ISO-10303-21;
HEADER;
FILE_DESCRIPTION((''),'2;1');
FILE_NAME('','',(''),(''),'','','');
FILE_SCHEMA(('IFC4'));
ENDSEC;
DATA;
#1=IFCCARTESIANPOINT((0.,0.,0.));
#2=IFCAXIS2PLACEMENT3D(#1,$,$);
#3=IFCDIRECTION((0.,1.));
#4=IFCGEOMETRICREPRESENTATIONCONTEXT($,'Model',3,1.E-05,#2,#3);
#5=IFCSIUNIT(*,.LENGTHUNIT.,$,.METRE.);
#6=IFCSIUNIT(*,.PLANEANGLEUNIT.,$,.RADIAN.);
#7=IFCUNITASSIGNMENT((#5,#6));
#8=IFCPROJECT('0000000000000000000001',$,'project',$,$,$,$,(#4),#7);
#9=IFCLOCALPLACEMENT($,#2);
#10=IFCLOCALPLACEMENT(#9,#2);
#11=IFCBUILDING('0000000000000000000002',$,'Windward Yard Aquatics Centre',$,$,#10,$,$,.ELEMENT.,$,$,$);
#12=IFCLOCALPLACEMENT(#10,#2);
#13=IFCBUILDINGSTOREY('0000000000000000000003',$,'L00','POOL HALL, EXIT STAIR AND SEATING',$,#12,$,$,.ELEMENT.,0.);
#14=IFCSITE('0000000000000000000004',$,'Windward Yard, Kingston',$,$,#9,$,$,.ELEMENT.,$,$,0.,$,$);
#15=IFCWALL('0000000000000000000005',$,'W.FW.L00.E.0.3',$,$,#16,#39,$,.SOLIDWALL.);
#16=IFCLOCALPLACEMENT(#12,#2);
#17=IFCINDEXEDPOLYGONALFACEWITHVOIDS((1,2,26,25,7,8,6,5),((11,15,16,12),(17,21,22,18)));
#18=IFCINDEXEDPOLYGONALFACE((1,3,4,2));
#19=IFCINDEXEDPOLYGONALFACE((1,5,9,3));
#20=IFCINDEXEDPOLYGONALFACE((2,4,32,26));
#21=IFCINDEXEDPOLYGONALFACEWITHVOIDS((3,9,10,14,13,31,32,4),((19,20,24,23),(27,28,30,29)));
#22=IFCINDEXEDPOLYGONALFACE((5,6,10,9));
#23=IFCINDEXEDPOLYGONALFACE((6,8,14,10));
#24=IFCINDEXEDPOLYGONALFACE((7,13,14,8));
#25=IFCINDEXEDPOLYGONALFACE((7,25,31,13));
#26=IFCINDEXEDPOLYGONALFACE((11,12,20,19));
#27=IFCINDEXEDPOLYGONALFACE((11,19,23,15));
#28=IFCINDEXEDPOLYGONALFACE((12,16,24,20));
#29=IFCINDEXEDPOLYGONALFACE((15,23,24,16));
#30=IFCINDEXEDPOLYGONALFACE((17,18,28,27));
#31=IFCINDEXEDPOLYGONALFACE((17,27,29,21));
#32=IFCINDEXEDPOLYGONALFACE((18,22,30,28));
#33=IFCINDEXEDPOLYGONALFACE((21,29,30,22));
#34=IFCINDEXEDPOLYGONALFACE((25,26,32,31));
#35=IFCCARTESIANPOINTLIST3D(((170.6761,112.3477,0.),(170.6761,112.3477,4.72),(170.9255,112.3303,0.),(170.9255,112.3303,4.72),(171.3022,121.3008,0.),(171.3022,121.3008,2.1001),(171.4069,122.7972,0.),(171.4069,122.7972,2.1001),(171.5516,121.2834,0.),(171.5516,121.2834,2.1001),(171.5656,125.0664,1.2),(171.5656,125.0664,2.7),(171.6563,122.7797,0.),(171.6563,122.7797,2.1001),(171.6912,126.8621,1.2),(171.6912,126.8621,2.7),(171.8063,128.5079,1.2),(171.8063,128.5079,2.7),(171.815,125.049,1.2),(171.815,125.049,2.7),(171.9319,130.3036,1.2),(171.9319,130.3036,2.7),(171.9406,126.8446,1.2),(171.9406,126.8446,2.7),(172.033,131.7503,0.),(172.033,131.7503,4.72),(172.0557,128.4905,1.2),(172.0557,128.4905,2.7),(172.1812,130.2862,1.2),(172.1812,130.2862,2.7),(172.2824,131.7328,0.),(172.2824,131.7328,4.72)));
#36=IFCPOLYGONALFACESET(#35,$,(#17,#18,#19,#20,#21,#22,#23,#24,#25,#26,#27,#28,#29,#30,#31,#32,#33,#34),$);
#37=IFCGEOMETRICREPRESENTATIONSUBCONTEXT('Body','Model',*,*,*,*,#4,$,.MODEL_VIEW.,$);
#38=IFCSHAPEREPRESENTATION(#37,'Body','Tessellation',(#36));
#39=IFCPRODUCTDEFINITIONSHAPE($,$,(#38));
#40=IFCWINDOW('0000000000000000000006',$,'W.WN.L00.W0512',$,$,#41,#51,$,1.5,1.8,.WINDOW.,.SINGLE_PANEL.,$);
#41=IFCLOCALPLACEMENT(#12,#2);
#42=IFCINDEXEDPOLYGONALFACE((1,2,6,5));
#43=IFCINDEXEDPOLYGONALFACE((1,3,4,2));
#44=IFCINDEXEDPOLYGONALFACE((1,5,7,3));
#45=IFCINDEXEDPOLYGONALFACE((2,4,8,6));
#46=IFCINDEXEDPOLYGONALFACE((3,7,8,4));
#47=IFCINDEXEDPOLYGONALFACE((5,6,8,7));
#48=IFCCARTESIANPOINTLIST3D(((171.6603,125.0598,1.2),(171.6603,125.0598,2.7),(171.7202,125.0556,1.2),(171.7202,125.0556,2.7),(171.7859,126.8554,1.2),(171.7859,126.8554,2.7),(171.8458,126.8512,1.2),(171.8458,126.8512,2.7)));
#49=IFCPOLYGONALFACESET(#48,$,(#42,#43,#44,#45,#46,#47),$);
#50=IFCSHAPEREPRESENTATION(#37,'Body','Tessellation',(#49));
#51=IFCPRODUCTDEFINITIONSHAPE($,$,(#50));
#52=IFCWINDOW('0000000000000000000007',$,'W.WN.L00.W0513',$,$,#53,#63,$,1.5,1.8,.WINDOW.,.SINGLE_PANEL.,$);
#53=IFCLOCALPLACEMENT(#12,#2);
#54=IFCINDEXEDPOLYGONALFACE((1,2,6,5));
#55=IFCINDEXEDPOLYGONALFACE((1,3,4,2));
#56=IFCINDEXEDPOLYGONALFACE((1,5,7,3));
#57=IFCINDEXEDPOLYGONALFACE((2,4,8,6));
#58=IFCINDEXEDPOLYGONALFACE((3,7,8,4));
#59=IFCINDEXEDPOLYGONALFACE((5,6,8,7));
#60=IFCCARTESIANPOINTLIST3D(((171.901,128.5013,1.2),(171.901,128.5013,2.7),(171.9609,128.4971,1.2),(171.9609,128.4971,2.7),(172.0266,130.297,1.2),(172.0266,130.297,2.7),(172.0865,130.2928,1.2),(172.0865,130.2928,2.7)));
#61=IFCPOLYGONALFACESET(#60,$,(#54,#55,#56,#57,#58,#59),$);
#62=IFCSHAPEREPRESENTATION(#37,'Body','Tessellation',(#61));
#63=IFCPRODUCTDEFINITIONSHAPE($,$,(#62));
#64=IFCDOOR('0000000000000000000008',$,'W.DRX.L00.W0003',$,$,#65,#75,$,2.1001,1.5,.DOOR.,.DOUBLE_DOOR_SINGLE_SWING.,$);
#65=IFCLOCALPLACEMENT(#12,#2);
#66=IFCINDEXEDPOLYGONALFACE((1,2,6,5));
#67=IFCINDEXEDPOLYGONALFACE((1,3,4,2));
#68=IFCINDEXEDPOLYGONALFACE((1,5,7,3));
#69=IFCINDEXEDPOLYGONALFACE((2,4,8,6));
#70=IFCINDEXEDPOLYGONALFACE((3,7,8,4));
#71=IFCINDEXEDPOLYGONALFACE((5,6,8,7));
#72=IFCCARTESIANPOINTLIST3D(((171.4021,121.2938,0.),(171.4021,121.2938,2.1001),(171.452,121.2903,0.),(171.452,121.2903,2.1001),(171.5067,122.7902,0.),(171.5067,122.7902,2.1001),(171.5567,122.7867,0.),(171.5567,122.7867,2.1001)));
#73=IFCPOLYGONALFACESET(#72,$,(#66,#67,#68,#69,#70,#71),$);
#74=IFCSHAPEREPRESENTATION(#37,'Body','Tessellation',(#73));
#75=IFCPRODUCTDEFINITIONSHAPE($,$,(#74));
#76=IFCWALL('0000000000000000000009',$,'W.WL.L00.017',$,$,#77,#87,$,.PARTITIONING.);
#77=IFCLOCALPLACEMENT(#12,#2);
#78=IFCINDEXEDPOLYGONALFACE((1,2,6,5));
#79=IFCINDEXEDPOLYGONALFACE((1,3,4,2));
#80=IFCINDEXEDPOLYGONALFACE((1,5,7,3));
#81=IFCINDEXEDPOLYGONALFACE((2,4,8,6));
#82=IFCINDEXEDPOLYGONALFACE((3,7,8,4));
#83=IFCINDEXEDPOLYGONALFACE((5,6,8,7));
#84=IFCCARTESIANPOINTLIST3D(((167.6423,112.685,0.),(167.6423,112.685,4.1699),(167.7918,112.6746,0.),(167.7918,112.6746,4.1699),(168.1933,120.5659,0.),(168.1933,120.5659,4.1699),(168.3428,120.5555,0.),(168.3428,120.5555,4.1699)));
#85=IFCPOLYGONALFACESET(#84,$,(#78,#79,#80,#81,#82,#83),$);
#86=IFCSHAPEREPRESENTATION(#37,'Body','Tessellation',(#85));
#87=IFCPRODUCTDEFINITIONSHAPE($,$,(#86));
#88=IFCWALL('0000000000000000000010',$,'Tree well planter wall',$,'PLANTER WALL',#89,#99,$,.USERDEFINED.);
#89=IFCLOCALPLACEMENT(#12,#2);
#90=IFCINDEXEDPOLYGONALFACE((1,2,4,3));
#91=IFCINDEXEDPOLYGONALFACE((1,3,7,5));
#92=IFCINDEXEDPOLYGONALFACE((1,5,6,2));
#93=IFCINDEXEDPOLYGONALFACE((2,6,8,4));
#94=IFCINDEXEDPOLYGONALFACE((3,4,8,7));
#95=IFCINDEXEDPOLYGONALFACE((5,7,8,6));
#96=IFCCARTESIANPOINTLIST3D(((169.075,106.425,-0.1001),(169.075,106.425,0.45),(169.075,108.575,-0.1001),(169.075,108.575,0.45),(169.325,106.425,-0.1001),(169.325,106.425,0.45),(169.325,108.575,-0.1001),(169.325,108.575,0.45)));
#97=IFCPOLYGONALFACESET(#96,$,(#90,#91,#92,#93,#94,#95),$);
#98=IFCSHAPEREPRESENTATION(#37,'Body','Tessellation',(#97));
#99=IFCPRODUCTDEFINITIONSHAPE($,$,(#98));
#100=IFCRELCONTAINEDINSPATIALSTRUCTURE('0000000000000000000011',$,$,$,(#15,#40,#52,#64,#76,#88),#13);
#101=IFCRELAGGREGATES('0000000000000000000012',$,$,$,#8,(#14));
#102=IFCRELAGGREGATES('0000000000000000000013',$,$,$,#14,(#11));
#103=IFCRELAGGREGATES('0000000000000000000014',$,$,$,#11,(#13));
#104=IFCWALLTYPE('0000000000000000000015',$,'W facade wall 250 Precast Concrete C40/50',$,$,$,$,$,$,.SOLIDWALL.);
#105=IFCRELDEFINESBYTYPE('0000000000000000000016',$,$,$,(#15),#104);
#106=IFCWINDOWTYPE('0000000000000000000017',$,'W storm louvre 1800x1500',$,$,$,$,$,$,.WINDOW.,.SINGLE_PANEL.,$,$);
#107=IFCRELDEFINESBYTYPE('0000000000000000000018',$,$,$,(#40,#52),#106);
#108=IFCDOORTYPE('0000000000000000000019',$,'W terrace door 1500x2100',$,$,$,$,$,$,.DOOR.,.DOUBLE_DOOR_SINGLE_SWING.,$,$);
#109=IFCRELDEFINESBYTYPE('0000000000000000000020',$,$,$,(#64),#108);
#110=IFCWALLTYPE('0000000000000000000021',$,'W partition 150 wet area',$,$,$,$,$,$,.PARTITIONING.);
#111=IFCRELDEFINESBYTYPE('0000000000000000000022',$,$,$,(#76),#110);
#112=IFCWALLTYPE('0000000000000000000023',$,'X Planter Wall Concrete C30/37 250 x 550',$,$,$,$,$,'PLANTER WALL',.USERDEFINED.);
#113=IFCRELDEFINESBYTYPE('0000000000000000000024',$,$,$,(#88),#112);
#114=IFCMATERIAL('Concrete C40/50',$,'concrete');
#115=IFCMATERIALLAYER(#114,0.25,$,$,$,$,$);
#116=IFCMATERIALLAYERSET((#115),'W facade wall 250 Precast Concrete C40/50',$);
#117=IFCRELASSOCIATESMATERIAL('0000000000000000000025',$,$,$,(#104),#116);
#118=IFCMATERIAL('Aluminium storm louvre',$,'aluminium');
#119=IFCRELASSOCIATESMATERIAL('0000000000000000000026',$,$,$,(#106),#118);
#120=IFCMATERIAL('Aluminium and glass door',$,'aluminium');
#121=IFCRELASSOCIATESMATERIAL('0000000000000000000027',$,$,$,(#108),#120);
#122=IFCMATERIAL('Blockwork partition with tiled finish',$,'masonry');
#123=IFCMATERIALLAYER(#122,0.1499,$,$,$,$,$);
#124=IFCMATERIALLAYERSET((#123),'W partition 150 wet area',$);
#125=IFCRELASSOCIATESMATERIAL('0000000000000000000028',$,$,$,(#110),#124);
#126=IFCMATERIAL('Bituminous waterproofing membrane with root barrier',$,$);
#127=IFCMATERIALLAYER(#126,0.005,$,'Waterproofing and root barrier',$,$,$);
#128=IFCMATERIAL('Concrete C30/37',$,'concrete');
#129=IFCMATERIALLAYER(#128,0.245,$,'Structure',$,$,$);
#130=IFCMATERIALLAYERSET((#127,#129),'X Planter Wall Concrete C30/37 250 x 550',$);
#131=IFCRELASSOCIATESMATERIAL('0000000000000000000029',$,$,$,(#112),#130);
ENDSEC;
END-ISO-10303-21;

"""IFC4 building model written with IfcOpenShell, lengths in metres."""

from ifc_helpers import new_model, si_unit, direction, frame, frame_2d, origin, place, context, subcontext, project, spatial, rectangle, extrude, material, layer, layer_set, type_object, element, fill, save


model = new_model("IFC4")

# Units and contexts
model_context = context("Model", 3, precision=1e-05, world=origin(), true_north=direction((0.0, 1.0)))
body_context = subcontext(model_context, "Body", "Model", "MODEL_VIEW")
ifc_project = project(units=[si_unit("LENGTHUNIT", "METRE"), si_unit("PLANEANGLEUNIT", "RADIAN")], contexts=[model_context])

# Site, building, storey
site_placement = place(None, origin())
site = spatial("IfcSite", under=ifc_project, at=site_placement, Name="Windward Yard, Kingston", CompositionType="ELEMENT", RefElevation=0.0)
building_placement = place(site_placement, origin())
building = spatial("IfcBuilding", under=site, at=building_placement, Name="Windward Yard Aquatics Centre", CompositionType="ELEMENT")
storey_placement = place(building_placement, origin())
storey = spatial("IfcBuildingStorey", under=building, at=storey_placement, Name="L00", Description="POOL HALL, EXIT STAIR AND SEATING", CompositionType="ELEMENT", Elevation=0.0)

# Shared definitions
ifc_material_1 = material(Name="Concrete C40/50", Category="concrete")
ifc_layer_1 = layer(ifc_material_1, 0.25)
ifc_layer_set_1 = layer_set([ifc_layer_1], Name="W facade wall 250 Precast Concrete C40/50")
wall_type_1 = type_object("IfcWallType", Name="W facade wall 250 Precast Concrete C40/50", PredefinedType="SOLIDWALL", material=ifc_layer_set_1)

# Wall, openings, windows, door
wall_1_placement = place(storey_placement, frame((170.8008, 112.3389, 0.0), z_axis=(0.0, 0.0, 1.0), x_axis=(0.069765, 0.997563, 0.0)))
wall_1 = element("IfcWall", 1, at=wall_1_placement, inside=storey, type_object=wall_type_1, Name="W.FW.L00.E.0.3", PredefinedType="SOLIDWALL", context=body_context, shape_type="SweptSolid", body=[
    extrude(rectangle(XDim=19.45, YDim=0.25, at=frame_2d((9.7251, 0.0))), origin(), (0.0, 0.0, 1.0), 4.72),
])
opening_1_placement = place(wall_1_placement, frame((8.9751, 0.0, 0.0)))
opening_1 = element("IfcOpeningElement", 2, at=opening_1_placement, cuts=wall_1, PredefinedType="OPENING", context=body_context, shape_type="SweptSolid", body=[
    extrude(rectangle(XDim=1.5, YDim=2.1001, at=frame_2d((0.75, 1.05))), frame((0.0, 0.135, 0.0), z_axis=(0.0, -1.0, 0.0), x_axis=(1.0, 0.0, 0.0)), (0.0, 0.0, 1.0), 0.27),
])
opening_2_placement = place(wall_1_placement, frame((12.75, 0.0, 1.2)))
opening_2 = element("IfcOpeningElement", 3, at=opening_2_placement, cuts=wall_1, PredefinedType="OPENING", context=body_context, shape_type="SweptSolid", body=[
    extrude(rectangle(XDim=1.8, YDim=1.5, at=frame_2d((0.8999, 0.75))), frame((0.0, 0.135, 0.0), z_axis=(0.0, -1.0, 0.0), x_axis=(1.0, 0.0, 0.0)), (0.0, 0.0, 1.0), 0.27),
])
opening_3_placement = place(wall_1_placement, frame((16.2, 0.0, 1.2)))
opening_3 = element("IfcOpeningElement", 4, at=opening_3_placement, cuts=wall_1, PredefinedType="OPENING", context=body_context, shape_type="SweptSolid", body=[
    extrude(rectangle(XDim=1.8, YDim=1.5, at=frame_2d((0.8999, 0.75))), frame((0.0, 0.135, 0.0), z_axis=(0.0, -1.0, 0.0), x_axis=(1.0, 0.0, 0.0)), (0.0, 0.0, 1.0), 0.27),
])
ifc_material_2 = material(Name="Aluminium storm louvre", Category="aluminium")
window_type = type_object("IfcWindowType", Name="W storm louvre 1800x1500", PartitioningType="SINGLE_PANEL", PredefinedType="WINDOW", material=ifc_material_2)
window_1_placement = place(opening_2_placement, origin())
window_1 = element("IfcWindow", 5, at=window_1_placement, inside=storey, type_object=window_type, Name="W.WN.L00.W0512", OverallHeight=1.5, OverallWidth=1.8, PartitioningType="SINGLE_PANEL", PredefinedType="WINDOW", context=body_context, shape_type="SweptSolid", body=[
    extrude(rectangle(XDim=1.8, YDim=1.5, at=frame_2d((0.8999, 0.75))), frame((0.0, 0.03, 0.0), z_axis=(0.0, -1.0, 0.0), x_axis=(1.0, 0.0, 0.0)), (0.0, 0.0, 1.0), 0.0601),
])
fill(opening_2, window_1)
window_2_placement = place(opening_3_placement, origin())
window_2 = element("IfcWindow", 6, at=window_2_placement, inside=storey, type_object=window_type, Name="W.WN.L00.W0513", OverallHeight=1.5, OverallWidth=1.8, PartitioningType="SINGLE_PANEL", PredefinedType="WINDOW", context=body_context, shape_type="SweptSolid", body=[
    extrude(rectangle(XDim=1.8, YDim=1.5, at=frame_2d((0.8999, 0.75))), frame((0.0, 0.03, 0.0), z_axis=(0.0, -1.0, 0.0), x_axis=(1.0, 0.0, 0.0)), (0.0, 0.0, 1.0), 0.0601),
])
fill(opening_3, window_2)
ifc_material_3 = material(Name="Aluminium and glass door", Category="aluminium")
door_type = type_object("IfcDoorType", Name="W terrace door 1500x2100", OperationType="DOUBLE_DOOR_SINGLE_SWING", PredefinedType="DOOR", material=ifc_material_3)
door_placement = place(opening_1_placement, origin())
door = element("IfcDoor", 7, at=door_placement, inside=storey, type_object=door_type, Name="W.DRX.L00.W0003", OperationType="DOUBLE_DOOR_SINGLE_SWING", OverallHeight=2.1001, OverallWidth=1.5, PredefinedType="DOOR", context=body_context, shape_type="SweptSolid", body=[
    extrude(rectangle(XDim=1.5, YDim=2.1001, at=frame_2d((0.75, 1.05))), frame((0.0, 0.0249, 0.0), z_axis=(0.0, -1.0, 0.0), x_axis=(1.0, 0.0, 0.0)), (0.0, 0.0, 1.0), 0.05),
])
fill(opening_1, door)

# Walls
ifc_material_4 = material(Name="Blockwork partition with tiled finish", Category="masonry")
ifc_layer_2 = layer(ifc_material_4, 0.1499)
ifc_layer_set_2 = layer_set([ifc_layer_2], Name="W partition 150 wet area")
wall_type_2 = type_object("IfcWallType", Name="W partition 150 wet area", PredefinedType="PARTITIONING", material=ifc_layer_set_2)
wall_2_placement = place(storey_placement, frame((167.717, 112.6797, 0.0), z_axis=(0.0, 0.0, 1.0), x_axis=(0.069749, 0.997565, 0.0)))
element("IfcWall", 8, at=wall_2_placement, inside=storey, type_object=wall_type_2, Name="W.WL.L00.017", PredefinedType="PARTITIONING", context=body_context, shape_type="SweptSolid", body=[
    extrude(rectangle(XDim=7.9001, YDim=0.1499, at=frame_2d((3.9502, 0.0))), origin(), (0.0, 0.0, 1.0), 4.1699),
])
ifc_material_5 = material(Name="Bituminous waterproofing membrane with root barrier")
ifc_layer_3 = layer(ifc_material_5, 0.005, Name="Waterproofing and root barrier")
ifc_material_6 = material(Name="Concrete C30/37", Category="concrete")
ifc_layer_4 = layer(ifc_material_6, 0.245, Name="Structure")
ifc_layer_set_3 = layer_set([ifc_layer_3, ifc_layer_4], Name="X Planter Wall Concrete C30/37 250 x 550")
wall_type_3 = type_object("IfcWallType", Name="X Planter Wall Concrete C30/37 250 x 550", ElementType="PLANTER WALL", PredefinedType="USERDEFINED", material=ifc_layer_set_3)
wall_3_placement = place(storey_placement, frame((169.2, 106.425, -0.1001), z_axis=(0.0, 0.0, 1.0), x_axis=(0.0, 1.0, 0.0)))
element("IfcWall", 9, at=wall_3_placement, inside=storey, type_object=wall_type_3, Name="Tree well planter wall", ObjectType="PLANTER WALL", PredefinedType="USERDEFINED", context=body_context, shape_type="SweptSolid", body=[
    extrude(rectangle(XDim=2.1499, YDim=0.25, at=frame_2d((1.075, 0.0))), origin(), (0.0, 0.0, 1.0), 0.55),
])

save(model, "model.ifc")
